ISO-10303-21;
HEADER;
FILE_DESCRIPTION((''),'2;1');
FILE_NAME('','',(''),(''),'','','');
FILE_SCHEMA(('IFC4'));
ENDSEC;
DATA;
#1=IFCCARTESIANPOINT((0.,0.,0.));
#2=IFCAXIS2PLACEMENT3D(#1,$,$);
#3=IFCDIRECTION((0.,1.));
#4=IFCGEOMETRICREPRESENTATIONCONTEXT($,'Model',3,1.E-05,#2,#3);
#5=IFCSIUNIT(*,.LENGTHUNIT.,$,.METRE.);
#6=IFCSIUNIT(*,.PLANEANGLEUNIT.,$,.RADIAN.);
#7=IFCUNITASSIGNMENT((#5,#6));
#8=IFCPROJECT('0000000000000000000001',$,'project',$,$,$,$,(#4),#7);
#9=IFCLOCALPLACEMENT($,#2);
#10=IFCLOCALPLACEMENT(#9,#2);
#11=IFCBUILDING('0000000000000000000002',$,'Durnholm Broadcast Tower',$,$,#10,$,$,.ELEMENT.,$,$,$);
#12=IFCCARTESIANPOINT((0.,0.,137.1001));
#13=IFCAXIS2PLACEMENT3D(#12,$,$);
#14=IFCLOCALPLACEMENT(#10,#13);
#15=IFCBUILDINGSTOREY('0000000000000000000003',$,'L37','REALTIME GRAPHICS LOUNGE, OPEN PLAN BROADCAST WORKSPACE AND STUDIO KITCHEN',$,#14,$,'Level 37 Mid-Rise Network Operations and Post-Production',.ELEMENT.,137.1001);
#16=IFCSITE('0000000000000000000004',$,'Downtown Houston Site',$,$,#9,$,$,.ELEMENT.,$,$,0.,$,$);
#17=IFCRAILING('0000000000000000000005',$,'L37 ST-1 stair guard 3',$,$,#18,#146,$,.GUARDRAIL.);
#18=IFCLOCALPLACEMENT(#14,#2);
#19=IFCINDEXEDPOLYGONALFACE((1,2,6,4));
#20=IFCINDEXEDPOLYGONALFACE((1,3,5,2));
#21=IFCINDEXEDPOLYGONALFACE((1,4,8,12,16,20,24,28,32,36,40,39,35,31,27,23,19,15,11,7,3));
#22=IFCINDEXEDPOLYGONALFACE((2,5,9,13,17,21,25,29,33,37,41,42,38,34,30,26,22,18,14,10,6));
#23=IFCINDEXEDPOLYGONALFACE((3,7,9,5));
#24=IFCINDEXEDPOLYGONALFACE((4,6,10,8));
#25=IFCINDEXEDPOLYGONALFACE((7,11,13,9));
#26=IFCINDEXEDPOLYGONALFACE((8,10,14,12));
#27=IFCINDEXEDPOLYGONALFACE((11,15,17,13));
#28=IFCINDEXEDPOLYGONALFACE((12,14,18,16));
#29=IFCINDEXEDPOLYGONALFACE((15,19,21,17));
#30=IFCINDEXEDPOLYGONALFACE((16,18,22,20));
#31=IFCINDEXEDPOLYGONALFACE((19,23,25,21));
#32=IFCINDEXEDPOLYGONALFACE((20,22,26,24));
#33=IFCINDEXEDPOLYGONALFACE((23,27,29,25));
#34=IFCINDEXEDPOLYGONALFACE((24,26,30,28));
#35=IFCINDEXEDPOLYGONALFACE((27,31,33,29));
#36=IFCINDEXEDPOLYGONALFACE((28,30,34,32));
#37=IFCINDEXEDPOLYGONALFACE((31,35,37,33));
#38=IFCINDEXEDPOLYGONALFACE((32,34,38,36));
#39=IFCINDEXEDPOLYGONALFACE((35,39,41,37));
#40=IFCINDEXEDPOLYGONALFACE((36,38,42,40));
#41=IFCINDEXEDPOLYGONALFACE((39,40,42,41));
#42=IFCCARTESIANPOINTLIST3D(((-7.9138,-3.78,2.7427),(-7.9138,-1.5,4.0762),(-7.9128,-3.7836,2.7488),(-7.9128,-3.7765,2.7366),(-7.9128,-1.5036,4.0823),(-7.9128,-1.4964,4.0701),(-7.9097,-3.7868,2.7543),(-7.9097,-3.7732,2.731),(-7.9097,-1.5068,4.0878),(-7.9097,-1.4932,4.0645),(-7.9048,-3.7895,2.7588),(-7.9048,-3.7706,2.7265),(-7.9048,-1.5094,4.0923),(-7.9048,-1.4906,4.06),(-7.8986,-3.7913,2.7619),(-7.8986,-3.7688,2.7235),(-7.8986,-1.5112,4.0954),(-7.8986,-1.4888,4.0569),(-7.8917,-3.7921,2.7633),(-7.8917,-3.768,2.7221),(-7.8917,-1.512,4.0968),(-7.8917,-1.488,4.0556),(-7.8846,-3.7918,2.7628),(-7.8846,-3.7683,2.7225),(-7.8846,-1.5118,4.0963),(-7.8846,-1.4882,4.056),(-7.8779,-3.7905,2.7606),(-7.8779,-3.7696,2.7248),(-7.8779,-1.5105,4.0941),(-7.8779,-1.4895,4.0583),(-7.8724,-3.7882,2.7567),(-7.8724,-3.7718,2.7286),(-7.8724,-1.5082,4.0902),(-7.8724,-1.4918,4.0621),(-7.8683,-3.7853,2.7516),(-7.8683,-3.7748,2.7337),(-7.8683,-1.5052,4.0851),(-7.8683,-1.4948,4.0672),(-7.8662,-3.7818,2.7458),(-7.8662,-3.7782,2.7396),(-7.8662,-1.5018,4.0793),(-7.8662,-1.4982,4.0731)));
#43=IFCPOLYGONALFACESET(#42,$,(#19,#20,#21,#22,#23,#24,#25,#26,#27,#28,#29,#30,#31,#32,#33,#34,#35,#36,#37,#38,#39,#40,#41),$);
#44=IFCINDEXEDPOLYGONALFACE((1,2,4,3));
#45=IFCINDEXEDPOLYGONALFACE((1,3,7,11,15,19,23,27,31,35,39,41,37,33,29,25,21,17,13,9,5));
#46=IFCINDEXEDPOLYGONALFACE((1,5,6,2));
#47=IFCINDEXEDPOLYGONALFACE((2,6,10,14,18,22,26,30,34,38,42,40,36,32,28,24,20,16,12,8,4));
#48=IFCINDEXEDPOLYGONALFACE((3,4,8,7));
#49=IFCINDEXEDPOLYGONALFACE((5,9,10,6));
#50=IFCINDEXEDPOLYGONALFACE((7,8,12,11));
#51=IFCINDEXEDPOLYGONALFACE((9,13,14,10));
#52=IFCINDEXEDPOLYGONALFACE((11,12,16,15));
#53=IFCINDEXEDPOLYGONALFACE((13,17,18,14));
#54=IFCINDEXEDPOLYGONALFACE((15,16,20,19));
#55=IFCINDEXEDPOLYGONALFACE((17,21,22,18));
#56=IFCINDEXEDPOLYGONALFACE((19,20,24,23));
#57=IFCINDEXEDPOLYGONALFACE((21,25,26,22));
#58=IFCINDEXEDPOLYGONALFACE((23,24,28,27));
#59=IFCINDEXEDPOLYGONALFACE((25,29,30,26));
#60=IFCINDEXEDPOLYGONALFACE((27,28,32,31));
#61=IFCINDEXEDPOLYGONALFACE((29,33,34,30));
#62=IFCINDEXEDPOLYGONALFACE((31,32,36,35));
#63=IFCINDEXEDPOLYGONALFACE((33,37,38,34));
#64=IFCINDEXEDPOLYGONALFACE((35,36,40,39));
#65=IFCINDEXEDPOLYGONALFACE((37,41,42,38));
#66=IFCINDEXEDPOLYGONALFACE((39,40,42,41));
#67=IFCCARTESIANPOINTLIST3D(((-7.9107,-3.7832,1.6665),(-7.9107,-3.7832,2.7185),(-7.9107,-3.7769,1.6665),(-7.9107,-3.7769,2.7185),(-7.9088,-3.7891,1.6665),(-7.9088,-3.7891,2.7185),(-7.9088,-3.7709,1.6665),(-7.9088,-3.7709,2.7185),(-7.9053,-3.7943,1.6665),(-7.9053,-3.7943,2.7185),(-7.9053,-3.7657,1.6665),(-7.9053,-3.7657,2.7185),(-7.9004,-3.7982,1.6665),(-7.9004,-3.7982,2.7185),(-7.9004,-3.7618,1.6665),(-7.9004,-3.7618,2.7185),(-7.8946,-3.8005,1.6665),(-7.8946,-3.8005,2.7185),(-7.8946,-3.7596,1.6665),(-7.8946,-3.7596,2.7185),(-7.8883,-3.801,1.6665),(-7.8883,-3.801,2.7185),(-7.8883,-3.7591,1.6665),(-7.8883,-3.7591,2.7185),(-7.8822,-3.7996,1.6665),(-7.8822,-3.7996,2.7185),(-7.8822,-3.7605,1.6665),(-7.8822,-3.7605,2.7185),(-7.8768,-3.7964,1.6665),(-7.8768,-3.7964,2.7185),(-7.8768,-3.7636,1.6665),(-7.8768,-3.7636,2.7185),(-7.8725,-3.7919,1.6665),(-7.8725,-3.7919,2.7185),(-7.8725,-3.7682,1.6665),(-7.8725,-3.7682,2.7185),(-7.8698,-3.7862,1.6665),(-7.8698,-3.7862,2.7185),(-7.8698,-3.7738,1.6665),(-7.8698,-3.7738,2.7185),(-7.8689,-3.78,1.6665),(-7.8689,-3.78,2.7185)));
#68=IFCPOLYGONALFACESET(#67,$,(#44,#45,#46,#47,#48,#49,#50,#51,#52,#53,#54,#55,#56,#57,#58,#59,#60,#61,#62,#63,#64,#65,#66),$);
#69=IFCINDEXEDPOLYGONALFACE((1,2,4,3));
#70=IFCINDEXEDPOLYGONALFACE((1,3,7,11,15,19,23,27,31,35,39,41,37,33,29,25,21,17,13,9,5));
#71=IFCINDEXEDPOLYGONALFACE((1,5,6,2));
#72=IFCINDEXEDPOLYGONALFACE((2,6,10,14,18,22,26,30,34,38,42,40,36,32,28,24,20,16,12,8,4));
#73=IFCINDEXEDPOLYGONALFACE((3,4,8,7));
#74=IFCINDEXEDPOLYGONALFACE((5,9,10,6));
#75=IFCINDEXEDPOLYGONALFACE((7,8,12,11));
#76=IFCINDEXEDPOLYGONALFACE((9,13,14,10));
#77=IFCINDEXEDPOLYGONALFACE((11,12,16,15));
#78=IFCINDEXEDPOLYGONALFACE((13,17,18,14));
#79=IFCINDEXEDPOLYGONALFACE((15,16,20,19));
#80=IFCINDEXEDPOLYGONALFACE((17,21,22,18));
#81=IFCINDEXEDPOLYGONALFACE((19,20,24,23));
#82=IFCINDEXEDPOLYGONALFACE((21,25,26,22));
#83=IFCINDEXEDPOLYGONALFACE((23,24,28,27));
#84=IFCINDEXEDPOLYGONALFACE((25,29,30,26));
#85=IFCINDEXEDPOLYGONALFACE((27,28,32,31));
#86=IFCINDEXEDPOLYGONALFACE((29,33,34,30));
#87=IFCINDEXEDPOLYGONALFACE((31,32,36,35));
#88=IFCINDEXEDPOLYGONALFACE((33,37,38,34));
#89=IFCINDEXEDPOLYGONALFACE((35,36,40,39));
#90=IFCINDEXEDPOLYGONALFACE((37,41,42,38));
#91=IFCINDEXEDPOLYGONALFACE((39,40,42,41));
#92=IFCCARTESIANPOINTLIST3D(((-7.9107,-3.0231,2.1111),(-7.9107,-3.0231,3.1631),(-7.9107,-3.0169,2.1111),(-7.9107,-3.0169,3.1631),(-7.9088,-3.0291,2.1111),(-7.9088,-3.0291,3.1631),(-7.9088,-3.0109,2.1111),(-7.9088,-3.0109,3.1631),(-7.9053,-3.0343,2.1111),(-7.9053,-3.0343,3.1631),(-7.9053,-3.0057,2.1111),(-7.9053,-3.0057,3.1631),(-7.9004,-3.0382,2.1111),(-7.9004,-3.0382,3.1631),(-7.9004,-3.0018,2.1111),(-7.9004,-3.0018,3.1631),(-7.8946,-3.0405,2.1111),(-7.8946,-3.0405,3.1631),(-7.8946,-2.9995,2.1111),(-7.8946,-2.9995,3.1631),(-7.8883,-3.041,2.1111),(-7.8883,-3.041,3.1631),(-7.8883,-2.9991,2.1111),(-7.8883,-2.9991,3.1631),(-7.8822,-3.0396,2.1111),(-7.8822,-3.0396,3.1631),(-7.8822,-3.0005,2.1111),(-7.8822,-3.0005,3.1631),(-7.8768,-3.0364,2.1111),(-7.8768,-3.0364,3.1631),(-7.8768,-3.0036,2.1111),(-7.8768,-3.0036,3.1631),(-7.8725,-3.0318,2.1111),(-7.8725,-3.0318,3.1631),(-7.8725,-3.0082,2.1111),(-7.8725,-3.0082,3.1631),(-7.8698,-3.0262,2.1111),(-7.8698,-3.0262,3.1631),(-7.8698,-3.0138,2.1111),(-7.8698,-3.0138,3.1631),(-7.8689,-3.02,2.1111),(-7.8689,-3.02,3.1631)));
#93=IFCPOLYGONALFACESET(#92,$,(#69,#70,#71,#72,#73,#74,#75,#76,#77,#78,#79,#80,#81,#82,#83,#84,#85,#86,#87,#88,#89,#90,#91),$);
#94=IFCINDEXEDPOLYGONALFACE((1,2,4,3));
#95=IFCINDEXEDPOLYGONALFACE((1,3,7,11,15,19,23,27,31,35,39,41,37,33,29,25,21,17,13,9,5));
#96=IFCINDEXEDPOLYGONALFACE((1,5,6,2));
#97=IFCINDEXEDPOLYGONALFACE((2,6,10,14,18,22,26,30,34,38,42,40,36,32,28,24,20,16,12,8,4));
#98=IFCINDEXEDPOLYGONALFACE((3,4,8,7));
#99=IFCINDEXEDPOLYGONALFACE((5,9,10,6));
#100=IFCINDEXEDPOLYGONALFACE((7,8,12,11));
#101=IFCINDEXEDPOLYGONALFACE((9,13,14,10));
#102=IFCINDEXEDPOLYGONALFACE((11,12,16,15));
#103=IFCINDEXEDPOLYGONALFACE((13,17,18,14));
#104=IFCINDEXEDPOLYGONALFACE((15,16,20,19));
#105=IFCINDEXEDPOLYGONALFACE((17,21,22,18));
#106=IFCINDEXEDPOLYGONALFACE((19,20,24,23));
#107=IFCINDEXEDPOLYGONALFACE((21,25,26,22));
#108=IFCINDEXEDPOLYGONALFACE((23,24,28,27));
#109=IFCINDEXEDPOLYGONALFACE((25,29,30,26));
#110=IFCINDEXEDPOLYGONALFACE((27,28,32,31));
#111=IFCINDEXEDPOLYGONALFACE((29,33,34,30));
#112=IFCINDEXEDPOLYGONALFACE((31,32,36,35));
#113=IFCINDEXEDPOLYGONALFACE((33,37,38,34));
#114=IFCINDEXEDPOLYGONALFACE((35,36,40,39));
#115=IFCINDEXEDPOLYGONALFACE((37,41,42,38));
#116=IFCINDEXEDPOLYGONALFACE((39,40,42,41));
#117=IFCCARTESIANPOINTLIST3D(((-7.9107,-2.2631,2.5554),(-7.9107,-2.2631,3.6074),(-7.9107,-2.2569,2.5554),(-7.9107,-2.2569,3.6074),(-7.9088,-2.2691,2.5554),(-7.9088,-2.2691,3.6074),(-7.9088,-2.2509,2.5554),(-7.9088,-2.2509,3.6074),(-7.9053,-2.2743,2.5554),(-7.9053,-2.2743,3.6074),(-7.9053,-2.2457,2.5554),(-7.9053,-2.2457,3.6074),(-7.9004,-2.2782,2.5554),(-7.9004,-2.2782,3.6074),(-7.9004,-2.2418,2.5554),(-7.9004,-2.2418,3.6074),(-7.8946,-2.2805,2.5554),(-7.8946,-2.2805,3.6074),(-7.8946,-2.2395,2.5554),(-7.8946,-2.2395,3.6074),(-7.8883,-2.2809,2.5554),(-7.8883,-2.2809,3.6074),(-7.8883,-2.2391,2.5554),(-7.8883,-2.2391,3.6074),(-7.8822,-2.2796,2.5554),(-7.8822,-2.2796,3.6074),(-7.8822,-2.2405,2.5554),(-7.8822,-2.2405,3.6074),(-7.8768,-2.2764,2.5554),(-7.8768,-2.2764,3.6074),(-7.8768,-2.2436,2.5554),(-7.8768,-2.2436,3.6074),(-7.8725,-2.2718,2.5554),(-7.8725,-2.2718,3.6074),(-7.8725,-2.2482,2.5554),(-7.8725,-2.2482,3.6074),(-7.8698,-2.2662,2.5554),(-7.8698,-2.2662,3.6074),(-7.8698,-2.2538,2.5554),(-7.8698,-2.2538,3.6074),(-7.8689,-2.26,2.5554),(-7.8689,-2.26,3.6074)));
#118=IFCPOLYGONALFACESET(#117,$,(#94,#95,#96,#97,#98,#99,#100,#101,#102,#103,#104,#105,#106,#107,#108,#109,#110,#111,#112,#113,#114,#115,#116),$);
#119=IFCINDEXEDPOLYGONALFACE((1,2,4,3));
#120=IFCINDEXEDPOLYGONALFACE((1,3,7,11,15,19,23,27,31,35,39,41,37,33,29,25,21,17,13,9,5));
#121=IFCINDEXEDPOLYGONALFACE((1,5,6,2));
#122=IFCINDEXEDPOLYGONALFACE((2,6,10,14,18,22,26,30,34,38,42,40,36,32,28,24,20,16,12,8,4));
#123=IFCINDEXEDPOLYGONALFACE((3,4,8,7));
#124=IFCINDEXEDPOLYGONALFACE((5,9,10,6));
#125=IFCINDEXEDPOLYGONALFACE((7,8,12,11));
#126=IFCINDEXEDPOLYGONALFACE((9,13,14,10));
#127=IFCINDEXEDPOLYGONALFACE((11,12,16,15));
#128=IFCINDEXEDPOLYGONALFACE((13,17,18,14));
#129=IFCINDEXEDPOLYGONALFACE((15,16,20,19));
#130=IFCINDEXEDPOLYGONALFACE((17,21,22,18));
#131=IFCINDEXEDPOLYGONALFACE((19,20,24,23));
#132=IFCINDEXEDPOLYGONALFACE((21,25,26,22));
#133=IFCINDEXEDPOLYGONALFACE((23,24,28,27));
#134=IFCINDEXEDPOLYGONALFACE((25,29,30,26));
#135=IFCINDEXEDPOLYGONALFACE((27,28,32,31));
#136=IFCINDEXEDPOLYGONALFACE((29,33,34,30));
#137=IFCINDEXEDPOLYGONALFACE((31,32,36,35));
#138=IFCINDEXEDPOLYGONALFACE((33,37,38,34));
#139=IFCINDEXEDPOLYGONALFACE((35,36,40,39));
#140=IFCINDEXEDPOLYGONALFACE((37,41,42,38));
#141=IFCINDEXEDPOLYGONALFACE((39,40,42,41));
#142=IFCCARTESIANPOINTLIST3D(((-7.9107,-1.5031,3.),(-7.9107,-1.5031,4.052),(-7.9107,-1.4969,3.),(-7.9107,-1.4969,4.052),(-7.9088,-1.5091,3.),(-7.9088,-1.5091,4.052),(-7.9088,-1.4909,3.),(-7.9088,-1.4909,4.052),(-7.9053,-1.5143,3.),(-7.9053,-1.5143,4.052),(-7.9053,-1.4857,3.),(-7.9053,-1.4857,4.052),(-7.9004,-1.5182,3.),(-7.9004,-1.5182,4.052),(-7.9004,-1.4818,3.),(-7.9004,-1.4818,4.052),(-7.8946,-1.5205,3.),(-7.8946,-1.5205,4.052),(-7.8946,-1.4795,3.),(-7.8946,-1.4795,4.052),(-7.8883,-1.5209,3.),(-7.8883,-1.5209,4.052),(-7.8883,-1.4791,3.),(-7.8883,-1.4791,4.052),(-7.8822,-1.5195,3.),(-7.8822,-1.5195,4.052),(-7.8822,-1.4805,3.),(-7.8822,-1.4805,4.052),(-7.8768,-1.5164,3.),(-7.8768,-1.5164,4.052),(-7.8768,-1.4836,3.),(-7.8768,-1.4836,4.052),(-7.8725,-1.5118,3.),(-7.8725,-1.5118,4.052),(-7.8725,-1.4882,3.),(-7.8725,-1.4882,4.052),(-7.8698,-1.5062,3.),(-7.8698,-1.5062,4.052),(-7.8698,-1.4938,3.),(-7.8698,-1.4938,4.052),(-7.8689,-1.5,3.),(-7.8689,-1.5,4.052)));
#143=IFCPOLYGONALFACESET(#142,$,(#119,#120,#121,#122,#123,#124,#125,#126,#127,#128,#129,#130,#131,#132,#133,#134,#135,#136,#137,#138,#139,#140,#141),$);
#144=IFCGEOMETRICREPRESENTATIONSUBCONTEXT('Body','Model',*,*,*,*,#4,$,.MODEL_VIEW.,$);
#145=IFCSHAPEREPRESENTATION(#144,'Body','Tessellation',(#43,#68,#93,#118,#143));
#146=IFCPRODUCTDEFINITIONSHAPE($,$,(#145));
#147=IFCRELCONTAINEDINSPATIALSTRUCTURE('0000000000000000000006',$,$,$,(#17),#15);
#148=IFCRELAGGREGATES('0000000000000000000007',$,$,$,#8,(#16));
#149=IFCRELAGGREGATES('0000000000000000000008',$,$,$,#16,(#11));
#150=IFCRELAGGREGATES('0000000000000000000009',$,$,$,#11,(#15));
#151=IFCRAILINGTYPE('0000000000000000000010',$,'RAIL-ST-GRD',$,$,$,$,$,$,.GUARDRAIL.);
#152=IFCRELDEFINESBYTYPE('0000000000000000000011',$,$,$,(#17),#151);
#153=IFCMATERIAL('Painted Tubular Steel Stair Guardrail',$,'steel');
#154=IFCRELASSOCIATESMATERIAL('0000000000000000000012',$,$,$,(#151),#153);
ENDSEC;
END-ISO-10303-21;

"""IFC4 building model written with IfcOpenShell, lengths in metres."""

from ifc_helpers import new_model, si_unit, direction, frame, origin, origin_2d, place, context, subcontext, project, spatial, circle, extrude, material, type_object, element, save


model = new_model("IFC4")

# Units and contexts
model_context = context("Model", 3, precision=1e-05, world=origin(), true_north=direction((0.0, 1.0)))
body_context = subcontext(model_context, "Body", "Model", "MODEL_VIEW")
ifc_project = project(units=[si_unit("LENGTHUNIT", "METRE"), si_unit("PLANEANGLEUNIT", "RADIAN")], contexts=[model_context])

# Site, building, storey
site_placement = place(None, origin())
site = spatial("IfcSite", under=ifc_project, at=site_placement, Name="Downtown Houston Site", CompositionType="ELEMENT", RefElevation=0.0)
building_placement = place(site_placement, origin())
building = spatial("IfcBuilding", under=site, at=building_placement, Name="Durnholm Broadcast Tower", CompositionType="ELEMENT")
storey_placement = place(building_placement, frame((0.0, 0.0, 137.1001)))
storey = spatial("IfcBuildingStorey", under=building, at=storey_placement, Name="L37", Description="REALTIME GRAPHICS LOUNGE, OPEN PLAN BROADCAST WORKSPACE AND STUDIO KITCHEN", LongName="Level 37 Mid-Rise Network Operations and Post-Production", CompositionType="ELEMENT", Elevation=137.1001)

# Railing
ifc_material_1 = material(Name="Painted Tubular Steel Stair Guardrail", Category="steel")
railing_type_1 = type_object("IfcRailingType", Name="RAIL-ST-GRD", PredefinedType="GUARDRAIL", material=ifc_material_1)
railing_1_placement = place(storey_placement, frame((-7.8899, -3.78, 1.6665)))
element("IfcRailing", 1, at=railing_1_placement, inside=storey, type_object=railing_type_1, Name="L37 ST-1 stair guard 3", PredefinedType="GUARDRAIL", context=body_context, shape_type="SweptSolid", body=[
    extrude(circle(Radius=0.0239, at=origin_2d()), frame((0.0, 0.0, 1.0762), z_axis=(0.0, 0.863205, 0.504853), x_axis=(-1.0, 0.0, 0.0)), (0.0, 0.0, 1.0), 2.6414),
    extrude(circle(Radius=0.021, at=origin_2d()), origin(), (0.0, 0.0, 1.0), 1.052),
    extrude(circle(Radius=0.021, at=origin_2d()), frame((0.0, 0.76, 0.4446)), (0.0, 0.0, 1.0), 1.052),
    extrude(circle(Radius=0.021, at=origin_2d()), frame((0.0, 1.52, 0.8889)), (0.0, 0.0, 1.0), 1.052),
    extrude(circle(Radius=0.021, at=origin_2d()), frame((0.0, 2.28, 1.3335)), (0.0, 0.0, 1.0), 1.052),
])

save(model, "model.ifc")
